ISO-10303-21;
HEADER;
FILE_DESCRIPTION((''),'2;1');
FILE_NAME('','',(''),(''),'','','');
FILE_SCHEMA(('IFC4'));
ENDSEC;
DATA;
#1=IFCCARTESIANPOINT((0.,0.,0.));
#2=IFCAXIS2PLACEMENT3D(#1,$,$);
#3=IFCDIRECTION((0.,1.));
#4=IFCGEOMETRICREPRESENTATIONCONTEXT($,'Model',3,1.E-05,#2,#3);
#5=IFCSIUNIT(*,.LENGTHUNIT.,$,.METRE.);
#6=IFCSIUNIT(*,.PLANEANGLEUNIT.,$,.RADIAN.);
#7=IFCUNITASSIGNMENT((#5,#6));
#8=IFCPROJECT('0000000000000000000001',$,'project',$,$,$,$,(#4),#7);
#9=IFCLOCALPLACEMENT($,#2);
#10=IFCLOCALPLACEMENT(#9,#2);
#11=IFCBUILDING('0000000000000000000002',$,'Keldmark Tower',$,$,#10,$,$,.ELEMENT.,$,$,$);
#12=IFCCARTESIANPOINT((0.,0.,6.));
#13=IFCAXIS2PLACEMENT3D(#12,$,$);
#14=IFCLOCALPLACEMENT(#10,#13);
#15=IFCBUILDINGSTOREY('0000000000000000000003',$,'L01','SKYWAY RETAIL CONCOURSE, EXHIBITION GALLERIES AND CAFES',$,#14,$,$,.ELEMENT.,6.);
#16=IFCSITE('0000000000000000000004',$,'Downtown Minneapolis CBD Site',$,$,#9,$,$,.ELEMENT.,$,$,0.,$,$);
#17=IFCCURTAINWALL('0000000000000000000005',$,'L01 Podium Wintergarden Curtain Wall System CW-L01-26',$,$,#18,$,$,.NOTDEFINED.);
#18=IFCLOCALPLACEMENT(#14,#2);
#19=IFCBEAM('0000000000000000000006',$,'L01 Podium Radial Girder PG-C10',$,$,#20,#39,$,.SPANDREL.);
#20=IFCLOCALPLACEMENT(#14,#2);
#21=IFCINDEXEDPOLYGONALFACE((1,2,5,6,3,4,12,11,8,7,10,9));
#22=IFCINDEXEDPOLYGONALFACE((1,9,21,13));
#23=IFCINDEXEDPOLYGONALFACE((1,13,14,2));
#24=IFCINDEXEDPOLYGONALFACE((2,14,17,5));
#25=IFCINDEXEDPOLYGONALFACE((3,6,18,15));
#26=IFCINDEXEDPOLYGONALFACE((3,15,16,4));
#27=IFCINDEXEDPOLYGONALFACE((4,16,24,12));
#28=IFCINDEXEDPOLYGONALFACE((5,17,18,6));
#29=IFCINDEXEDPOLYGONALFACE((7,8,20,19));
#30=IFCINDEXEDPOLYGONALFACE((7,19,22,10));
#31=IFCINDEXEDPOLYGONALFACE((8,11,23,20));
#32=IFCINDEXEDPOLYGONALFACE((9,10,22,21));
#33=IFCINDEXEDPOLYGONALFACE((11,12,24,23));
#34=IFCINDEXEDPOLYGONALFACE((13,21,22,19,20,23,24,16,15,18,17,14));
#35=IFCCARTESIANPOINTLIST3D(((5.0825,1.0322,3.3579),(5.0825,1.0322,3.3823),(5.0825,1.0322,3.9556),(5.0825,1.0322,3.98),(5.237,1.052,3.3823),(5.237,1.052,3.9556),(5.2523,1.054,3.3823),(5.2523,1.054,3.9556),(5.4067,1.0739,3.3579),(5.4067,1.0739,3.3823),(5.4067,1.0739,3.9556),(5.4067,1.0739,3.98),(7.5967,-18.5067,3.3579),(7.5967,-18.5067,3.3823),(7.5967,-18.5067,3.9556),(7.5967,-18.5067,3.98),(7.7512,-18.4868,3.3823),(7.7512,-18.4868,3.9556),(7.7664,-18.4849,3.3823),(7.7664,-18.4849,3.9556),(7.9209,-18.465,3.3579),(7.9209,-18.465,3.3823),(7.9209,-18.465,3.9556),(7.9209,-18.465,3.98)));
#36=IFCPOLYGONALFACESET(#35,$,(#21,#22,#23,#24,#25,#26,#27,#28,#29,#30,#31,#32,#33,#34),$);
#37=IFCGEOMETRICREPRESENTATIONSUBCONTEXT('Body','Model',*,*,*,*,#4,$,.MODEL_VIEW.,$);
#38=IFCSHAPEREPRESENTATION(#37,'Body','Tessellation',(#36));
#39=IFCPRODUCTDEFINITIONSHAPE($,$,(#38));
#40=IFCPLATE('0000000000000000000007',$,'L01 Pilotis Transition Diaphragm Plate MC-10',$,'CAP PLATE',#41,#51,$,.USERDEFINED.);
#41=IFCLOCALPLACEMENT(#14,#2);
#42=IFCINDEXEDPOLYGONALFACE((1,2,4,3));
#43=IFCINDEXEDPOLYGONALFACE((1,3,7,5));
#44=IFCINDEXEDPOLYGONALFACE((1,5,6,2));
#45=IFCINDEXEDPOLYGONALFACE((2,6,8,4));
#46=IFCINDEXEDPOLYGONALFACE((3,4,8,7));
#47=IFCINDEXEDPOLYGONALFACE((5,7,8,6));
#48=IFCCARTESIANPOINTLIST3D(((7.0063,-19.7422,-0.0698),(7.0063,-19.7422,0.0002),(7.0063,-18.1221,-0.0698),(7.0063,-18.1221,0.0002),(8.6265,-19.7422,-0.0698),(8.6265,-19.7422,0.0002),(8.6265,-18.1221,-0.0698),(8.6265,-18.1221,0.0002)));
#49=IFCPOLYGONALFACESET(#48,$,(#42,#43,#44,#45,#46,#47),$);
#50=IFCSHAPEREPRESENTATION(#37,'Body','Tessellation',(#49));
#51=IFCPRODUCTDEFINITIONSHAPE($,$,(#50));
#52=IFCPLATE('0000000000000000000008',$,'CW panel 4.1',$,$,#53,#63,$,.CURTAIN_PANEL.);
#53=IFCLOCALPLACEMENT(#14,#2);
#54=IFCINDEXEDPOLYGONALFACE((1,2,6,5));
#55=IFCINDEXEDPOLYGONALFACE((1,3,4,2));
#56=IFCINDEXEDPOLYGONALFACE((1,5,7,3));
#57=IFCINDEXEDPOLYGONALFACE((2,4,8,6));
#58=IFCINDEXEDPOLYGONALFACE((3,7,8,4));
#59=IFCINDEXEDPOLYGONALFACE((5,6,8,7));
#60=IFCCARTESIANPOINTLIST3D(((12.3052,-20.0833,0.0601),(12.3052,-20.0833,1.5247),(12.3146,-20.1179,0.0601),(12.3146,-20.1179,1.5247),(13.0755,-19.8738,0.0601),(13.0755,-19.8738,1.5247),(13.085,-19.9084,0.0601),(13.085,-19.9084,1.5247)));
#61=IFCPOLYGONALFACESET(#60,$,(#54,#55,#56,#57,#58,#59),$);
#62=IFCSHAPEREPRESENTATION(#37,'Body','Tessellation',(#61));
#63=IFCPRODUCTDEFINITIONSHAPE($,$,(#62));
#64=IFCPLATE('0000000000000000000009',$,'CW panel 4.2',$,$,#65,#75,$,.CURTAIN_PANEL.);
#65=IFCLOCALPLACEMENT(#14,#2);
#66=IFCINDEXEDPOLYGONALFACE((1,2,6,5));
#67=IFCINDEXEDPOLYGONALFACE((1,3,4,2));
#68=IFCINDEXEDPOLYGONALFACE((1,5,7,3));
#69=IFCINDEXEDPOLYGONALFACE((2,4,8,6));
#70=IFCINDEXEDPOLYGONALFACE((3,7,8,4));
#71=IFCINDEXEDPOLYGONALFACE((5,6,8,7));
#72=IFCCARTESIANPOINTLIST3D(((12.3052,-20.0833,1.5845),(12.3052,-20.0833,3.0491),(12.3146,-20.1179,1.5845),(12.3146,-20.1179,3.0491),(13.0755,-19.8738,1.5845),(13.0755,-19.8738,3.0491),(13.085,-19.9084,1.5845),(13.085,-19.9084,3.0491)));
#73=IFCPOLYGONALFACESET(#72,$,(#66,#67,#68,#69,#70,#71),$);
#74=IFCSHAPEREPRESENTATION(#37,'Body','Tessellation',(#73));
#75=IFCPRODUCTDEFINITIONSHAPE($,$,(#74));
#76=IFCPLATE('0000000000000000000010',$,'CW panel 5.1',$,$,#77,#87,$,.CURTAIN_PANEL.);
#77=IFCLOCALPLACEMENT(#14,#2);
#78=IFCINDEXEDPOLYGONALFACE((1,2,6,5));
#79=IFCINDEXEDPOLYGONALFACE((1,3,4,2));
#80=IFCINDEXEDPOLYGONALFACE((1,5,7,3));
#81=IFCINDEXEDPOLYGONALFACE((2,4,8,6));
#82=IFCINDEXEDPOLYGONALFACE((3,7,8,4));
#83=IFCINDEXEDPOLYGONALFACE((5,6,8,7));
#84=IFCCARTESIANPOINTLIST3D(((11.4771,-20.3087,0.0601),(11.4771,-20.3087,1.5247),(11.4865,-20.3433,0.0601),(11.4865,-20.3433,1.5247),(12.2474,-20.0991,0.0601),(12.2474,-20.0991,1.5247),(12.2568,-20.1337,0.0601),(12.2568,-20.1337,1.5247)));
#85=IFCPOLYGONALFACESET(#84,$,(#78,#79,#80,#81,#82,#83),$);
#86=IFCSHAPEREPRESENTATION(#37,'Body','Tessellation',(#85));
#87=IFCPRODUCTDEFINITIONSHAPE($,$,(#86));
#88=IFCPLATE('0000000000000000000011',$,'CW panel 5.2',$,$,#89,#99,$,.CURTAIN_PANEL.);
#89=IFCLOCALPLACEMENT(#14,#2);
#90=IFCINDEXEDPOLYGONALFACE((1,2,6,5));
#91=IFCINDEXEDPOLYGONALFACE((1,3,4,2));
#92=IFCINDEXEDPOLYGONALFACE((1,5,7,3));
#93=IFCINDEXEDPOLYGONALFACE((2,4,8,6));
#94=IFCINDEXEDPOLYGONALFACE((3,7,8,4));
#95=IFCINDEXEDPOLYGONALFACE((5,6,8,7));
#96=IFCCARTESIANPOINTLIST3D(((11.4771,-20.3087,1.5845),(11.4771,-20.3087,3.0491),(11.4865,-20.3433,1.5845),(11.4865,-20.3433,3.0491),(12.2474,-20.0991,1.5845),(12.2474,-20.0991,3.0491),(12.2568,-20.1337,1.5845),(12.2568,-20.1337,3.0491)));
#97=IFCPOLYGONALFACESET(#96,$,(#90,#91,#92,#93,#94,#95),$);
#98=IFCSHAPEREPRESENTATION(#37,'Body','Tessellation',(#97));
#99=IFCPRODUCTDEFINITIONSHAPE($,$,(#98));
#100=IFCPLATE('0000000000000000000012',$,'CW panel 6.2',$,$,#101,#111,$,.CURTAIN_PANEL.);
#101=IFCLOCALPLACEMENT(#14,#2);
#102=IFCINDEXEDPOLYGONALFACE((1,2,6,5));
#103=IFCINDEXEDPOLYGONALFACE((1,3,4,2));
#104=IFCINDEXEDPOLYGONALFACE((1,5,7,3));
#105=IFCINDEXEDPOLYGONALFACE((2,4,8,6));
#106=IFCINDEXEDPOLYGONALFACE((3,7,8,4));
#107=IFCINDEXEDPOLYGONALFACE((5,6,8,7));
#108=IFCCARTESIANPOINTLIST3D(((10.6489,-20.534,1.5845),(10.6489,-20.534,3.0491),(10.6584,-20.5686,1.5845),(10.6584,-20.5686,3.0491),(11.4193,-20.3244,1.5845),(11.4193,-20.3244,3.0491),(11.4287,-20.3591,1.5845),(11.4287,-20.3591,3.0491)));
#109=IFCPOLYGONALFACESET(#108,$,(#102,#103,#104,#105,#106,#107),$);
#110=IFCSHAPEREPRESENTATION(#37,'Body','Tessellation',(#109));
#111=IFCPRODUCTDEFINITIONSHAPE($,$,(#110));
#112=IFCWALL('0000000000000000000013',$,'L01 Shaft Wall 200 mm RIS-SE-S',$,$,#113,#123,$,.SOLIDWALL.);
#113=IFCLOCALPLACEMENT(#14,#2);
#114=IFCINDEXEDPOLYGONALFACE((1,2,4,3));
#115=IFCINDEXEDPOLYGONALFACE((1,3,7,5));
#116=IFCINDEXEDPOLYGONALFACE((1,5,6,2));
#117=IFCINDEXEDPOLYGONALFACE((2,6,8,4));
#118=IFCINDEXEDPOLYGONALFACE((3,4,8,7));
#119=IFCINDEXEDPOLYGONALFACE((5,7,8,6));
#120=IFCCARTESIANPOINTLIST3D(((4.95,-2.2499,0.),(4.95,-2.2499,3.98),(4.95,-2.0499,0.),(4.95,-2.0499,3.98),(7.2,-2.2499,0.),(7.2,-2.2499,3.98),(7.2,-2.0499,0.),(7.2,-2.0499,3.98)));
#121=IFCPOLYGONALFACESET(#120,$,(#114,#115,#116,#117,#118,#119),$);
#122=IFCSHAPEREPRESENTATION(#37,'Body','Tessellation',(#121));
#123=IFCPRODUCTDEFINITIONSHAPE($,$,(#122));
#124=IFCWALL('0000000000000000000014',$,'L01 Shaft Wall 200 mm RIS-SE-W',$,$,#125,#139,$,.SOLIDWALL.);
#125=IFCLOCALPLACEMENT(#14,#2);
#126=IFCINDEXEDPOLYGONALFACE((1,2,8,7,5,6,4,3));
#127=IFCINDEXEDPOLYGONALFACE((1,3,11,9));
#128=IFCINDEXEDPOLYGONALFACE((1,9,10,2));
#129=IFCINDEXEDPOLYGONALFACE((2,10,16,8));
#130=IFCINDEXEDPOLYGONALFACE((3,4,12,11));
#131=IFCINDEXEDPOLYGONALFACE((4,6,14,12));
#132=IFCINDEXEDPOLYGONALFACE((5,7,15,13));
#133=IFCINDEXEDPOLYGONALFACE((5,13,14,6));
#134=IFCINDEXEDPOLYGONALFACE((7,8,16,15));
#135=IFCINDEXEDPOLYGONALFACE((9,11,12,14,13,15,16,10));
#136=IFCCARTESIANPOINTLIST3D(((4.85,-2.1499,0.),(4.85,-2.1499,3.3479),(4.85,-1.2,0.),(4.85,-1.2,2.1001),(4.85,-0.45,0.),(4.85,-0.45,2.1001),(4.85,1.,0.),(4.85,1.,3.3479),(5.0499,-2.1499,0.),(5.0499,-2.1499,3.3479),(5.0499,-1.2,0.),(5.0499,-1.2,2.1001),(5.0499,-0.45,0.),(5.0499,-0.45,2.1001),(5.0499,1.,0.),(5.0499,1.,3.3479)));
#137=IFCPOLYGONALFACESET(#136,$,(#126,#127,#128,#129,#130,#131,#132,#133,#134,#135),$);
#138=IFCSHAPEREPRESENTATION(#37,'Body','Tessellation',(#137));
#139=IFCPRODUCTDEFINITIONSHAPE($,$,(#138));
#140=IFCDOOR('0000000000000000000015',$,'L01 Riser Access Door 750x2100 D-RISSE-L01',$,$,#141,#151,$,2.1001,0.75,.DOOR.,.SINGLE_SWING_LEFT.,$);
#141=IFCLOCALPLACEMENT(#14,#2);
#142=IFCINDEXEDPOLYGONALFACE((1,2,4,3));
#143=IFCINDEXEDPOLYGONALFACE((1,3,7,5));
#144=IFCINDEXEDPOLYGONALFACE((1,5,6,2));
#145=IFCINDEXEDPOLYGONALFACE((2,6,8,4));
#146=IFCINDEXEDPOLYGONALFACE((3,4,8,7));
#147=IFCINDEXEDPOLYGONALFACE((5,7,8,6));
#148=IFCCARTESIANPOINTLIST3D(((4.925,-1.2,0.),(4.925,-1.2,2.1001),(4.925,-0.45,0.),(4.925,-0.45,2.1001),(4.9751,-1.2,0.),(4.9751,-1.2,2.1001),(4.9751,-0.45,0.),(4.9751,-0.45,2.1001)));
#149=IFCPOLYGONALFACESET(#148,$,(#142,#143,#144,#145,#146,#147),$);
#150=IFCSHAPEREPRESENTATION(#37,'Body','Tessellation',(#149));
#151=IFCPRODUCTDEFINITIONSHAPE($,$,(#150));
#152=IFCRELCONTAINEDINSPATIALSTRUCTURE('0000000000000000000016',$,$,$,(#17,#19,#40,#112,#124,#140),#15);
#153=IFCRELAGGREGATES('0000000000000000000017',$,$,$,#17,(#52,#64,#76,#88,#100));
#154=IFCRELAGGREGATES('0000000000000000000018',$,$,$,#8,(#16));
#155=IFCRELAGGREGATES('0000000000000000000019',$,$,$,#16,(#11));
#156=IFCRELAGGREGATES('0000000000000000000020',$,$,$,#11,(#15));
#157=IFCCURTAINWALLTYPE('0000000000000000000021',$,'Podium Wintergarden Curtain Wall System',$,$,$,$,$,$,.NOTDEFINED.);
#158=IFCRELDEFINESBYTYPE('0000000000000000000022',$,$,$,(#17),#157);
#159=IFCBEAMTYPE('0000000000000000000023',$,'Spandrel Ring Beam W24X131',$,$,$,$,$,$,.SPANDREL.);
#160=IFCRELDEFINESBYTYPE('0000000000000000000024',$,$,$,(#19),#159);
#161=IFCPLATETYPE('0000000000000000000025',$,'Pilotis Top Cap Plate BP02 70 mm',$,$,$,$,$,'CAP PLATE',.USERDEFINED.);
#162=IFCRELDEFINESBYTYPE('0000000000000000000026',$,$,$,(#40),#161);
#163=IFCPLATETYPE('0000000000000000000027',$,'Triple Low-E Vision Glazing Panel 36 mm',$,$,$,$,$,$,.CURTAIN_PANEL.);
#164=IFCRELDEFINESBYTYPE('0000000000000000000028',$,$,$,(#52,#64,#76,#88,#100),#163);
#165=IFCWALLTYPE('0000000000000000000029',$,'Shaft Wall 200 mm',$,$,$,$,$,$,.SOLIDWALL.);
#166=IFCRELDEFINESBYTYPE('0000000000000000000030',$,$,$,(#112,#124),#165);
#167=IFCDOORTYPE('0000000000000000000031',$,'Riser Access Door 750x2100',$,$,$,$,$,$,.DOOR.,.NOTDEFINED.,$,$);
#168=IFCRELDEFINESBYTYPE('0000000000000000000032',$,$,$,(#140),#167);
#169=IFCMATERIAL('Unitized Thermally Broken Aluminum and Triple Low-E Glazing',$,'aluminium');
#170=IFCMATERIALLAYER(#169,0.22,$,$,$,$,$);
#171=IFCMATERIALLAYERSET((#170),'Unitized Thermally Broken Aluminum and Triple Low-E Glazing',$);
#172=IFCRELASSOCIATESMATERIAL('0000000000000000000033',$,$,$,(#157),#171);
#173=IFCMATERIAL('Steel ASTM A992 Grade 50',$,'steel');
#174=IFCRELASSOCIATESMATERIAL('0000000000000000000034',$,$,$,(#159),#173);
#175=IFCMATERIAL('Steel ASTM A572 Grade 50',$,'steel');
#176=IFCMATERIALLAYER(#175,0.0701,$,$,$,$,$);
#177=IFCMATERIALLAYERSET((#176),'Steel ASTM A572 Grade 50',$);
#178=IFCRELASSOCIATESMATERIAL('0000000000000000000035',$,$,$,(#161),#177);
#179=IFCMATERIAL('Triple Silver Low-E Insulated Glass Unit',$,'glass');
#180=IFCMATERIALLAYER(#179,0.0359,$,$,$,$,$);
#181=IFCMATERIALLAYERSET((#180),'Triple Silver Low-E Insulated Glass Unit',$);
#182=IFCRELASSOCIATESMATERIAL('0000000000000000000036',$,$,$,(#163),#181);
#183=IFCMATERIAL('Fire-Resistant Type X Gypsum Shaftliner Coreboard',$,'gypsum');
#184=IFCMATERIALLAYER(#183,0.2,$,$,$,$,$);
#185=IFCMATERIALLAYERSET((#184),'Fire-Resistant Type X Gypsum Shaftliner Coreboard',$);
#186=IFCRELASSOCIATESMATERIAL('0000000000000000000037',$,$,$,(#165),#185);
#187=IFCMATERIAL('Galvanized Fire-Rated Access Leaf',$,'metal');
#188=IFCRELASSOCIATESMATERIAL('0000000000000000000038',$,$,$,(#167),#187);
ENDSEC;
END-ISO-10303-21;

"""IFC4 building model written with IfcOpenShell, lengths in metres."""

from ifc_helpers import new_model, si_unit, direction, frame, frame_2d, origin, origin_2d, place, context, subcontext, project, spatial, rectangle, i_section, extrude, material, layer, layer_set, material_profile, profile_set, type_object, element, fill, aggregate, save


model = new_model("IFC4")

# Units and contexts
model_context = context("Model", 3, precision=1e-05, world=origin(), true_north=direction((0.0, 1.0)))
body_context = subcontext(model_context, "Body", "Model", "MODEL_VIEW")
ifc_project = project(units=[si_unit("LENGTHUNIT", "METRE"), si_unit("PLANEANGLEUNIT", "RADIAN")], contexts=[model_context])

# Site, building, storey
site_placement = place(None, origin())
site = spatial("IfcSite", under=ifc_project, at=site_placement, Name="Downtown Minneapolis CBD Site", CompositionType="ELEMENT", RefElevation=0.0)
building_placement = place(site_placement, origin())
building = spatial("IfcBuilding", under=site, at=building_placement, Name="Keldmark Tower", CompositionType="ELEMENT")
storey_placement = place(building_placement, frame((0.0, 0.0, 6.0)))
storey = spatial("IfcBuildingStorey", under=building, at=storey_placement, Name="L01", Description="SKYWAY RETAIL CONCOURSE, EXHIBITION GALLERIES AND CAFES", CompositionType="ELEMENT", Elevation=6.0)

# Curtain wall
ifc_material_1 = material(Name="Unitized Thermally Broken Aluminum and Triple Low-E Glazing", Category="aluminium")
ifc_layer_1 = layer(ifc_material_1, 0.22)
ifc_layer_set_1 = layer_set([ifc_layer_1], Name="Unitized Thermally Broken Aluminum and Triple Low-E Glazing")
curtain_wall_type = type_object("IfcCurtainWallType", Name="Podium Wintergarden Curtain Wall System", PredefinedType="NOTDEFINED", material=ifc_layer_set_1)
curtain_wall_placement = place(storey_placement, origin())
curtain_wall = element("IfcCurtainWall", 1, at=curtain_wall_placement, inside=storey, type_object=curtain_wall_type, Name="L01 Podium Wintergarden Curtain Wall System CW-L01-26", PredefinedType="NOTDEFINED")

# Beam
ifc_material_2 = material(Name="Steel ASTM A992 Grade 50", Category="steel")
ifc_material_profile_1 = material_profile(ifc_material_2, i_section(OverallWidth=0.3269, OverallDepth=0.6221, WebThickness=0.0154, FlangeThickness=0.0244, at=origin_2d()), Name="W24X131")
ifc_profile_set_1 = profile_set([ifc_material_profile_1], Name="Steel ASTM A992 Grade 50")
beam_type_1 = type_object("IfcBeamType", Name="Spandrel Ring Beam W24X131", PredefinedType="SPANDREL", material=ifc_profile_set_1)
beam_1_placement = place(storey_placement, frame((7.7588, -18.4858, 3.6689), z_axis=(-0.127623, 0.991823, 0.0), x_axis=(-0.991823, -0.127623, 0.0)))
element("IfcBeam", 2, at=beam_1_placement, inside=storey, type_object=beam_type_1, Name="L01 Podium Radial Girder PG-C10", PredefinedType="SPANDREL", context=body_context, shape_type="SweptSolid", body=[
    extrude(i_section(OverallWidth=0.3269, OverallDepth=0.6221, WebThickness=0.0154, FlangeThickness=0.0244, at=origin_2d()), origin(), (0.0, 0.0, 1.0), 19.7),
])

# Plates
ifc_material_3 = material(Name="Steel ASTM A572 Grade 50", Category="steel")
ifc_layer_2 = layer(ifc_material_3, 0.0701)
ifc_layer_set_2 = layer_set([ifc_layer_2], Name="Steel ASTM A572 Grade 50")
plate_type_1 = type_object("IfcPlateType", Name="Pilotis Top Cap Plate BP02 70 mm", ElementType="CAP PLATE", PredefinedType="USERDEFINED", material=ifc_layer_set_2)
plate_1_placement = place(storey_placement, frame((7.8164, -18.9321, -0.0698), z_axis=(0.0, 0.0, 1.0), x_axis=(1.0, 0.0, 0.0)))
element("IfcPlate", 3, at=plate_1_placement, inside=storey, type_object=plate_type_1, Name="L01 Pilotis Transition Diaphragm Plate MC-10", ObjectType="CAP PLATE", PredefinedType="USERDEFINED", context=body_context, shape_type="SweptSolid", body=[
    extrude(rectangle(XDim=1.6201, YDim=1.6201, at=origin_2d()), origin(), (0.0, 0.0, 1.0), 0.0701),
])
ifc_material_4 = material(Name="Triple Silver Low-E Insulated Glass Unit", Category="glass")
ifc_layer_3 = layer(ifc_material_4, 0.0359)
ifc_layer_set_3 = layer_set([ifc_layer_3], Name="Triple Silver Low-E Insulated Glass Unit")
plate_type_2 = type_object("IfcPlateType", Name="Triple Low-E Vision Glazing Panel 36 mm", PredefinedType="CURTAIN_PANEL", material=ifc_layer_set_3)
plate_2_placement = place(storey_placement, frame((12.6951, -19.9958, 0.0601), z_axis=(0.0, 0.0, 1.0), x_axis=(-0.964934, -0.262493, 0.0)))
plate_2 = element("IfcPlate", 4, at=plate_2_placement, type_object=plate_type_2, Name="CW panel 4.1", PredefinedType="CURTAIN_PANEL", context=body_context, shape_type="SweptSolid", body=[
    extrude(rectangle(XDim=0.7983, YDim=0.0359, at=origin_2d()), origin(), (0.0, 0.0, 1.0), 1.4646),
])
plate_3_placement = place(storey_placement, frame((12.6951, -19.9958, 1.5845), z_axis=(0.0, 0.0, 1.0), x_axis=(-0.964934, -0.262493, 0.0)))
plate_3 = element("IfcPlate", 5, at=plate_3_placement, type_object=plate_type_2, Name="CW panel 4.2", PredefinedType="CURTAIN_PANEL", context=body_context, shape_type="SweptSolid", body=[
    extrude(rectangle(XDim=0.7983, YDim=0.0359, at=origin_2d()), origin(), (0.0, 0.0, 1.0), 1.4646),
])
plate_4_placement = place(storey_placement, frame((11.8669, -20.2212, 0.0601), z_axis=(0.0, 0.0, 1.0), x_axis=(-0.964934, -0.262493, 0.0)))
plate_4 = element("IfcPlate", 6, at=plate_4_placement, type_object=plate_type_2, Name="CW panel 5.1", PredefinedType="CURTAIN_PANEL", context=body_context, shape_type="SweptSolid", body=[
    extrude(rectangle(XDim=0.7983, YDim=0.0359, at=origin_2d()), origin(), (0.0, 0.0, 1.0), 1.4646),
])
plate_5_placement = place(storey_placement, frame((11.8669, -20.2212, 1.5845), z_axis=(0.0, 0.0, 1.0), x_axis=(-0.964934, -0.262493, 0.0)))
plate_5 = element("IfcPlate", 7, at=plate_5_placement, type_object=plate_type_2, Name="CW panel 5.2", PredefinedType="CURTAIN_PANEL", context=body_context, shape_type="SweptSolid", body=[
    extrude(rectangle(XDim=0.7983, YDim=0.0359, at=origin_2d()), origin(), (0.0, 0.0, 1.0), 1.4646),
])
plate_6_placement = place(storey_placement, frame((11.0388, -20.4465, 1.5845), z_axis=(0.0, 0.0, 1.0), x_axis=(-0.964934, -0.262493, 0.0)))
plate_6 = element("IfcPlate", 8, at=plate_6_placement, type_object=plate_type_2, Name="CW panel 6.2", PredefinedType="CURTAIN_PANEL", context=body_context, shape_type="SweptSolid", body=[
    extrude(rectangle(XDim=0.7983, YDim=0.0359, at=origin_2d()), origin(), (0.0, 0.0, 1.0), 1.4646),
])
aggregate(curtain_wall, [plate_2, plate_3, plate_4, plate_5, plate_6])

# Wall
ifc_material_5 = material(Name="Fire-Resistant Type X Gypsum Shaftliner Coreboard", Category="gypsum")
ifc_layer_4 = layer(ifc_material_5, 0.2)
ifc_layer_set_4 = layer_set([ifc_layer_4], Name="Fire-Resistant Type X Gypsum Shaftliner Coreboard")
wall_type = type_object("IfcWallType", Name="Shaft Wall 200 mm", PredefinedType="SOLIDWALL", material=ifc_layer_set_4)
wall_1_placement = place(storey_placement, frame((4.95, -2.1499, 0.0), z_axis=(0.0, 0.0, 1.0), x_axis=(1.0, 0.0, 0.0)))
element("IfcWall", 9, at=wall_1_placement, inside=storey, type_object=wall_type, Name="L01 Shaft Wall 200 mm RIS-SE-S", PredefinedType="SOLIDWALL", context=body_context, shape_type="SweptSolid", body=[
    extrude(rectangle(XDim=2.25, YDim=0.2, at=frame_2d((1.125, 0.0))), origin(), (0.0, 0.0, 1.0), 3.98),
])

# Wall, opening, door
wall_2_placement = place(storey_placement, frame((4.95, -2.1499, 0.0), z_axis=(0.0, 0.0, 1.0), x_axis=(0.0, 1.0, 0.0)))
wall_2 = element("IfcWall", 10, at=wall_2_placement, inside=storey, type_object=wall_type, Name="L01 Shaft Wall 200 mm RIS-SE-W", PredefinedType="SOLIDWALL", context=body_context, shape_type="SweptSolid", body=[
    extrude(rectangle(XDim=3.1499, YDim=0.2, at=frame_2d((1.575, 0.0))), origin(), (0.0, 0.0, 1.0), 3.3479),
])
opening_placement = place(wall_2_placement, frame((0.95, 0.0, 0.0)))
opening = element("IfcOpeningElement", 11, at=opening_placement, cuts=wall_2, PredefinedType="OPENING", context=body_context, shape_type="SweptSolid", body=[
    extrude(rectangle(XDim=0.75, YDim=2.1001, at=frame_2d((0.375, 1.05))), frame((0.0, 0.1099, 0.0), z_axis=(0.0, -1.0, 0.0), x_axis=(1.0, 0.0, 0.0)), (0.0, 0.0, 1.0), 0.22),
])
ifc_material_6 = material(Name="Galvanized Fire-Rated Access Leaf", Category="metal")
door_type = type_object("IfcDoorType", Name="Riser Access Door 750x2100", OperationType="NOTDEFINED", PredefinedType="DOOR", material=ifc_material_6)
door_placement = place(opening_placement, origin())
door = element("IfcDoor", 12, at=door_placement, inside=storey, type_object=door_type, Name="L01 Riser Access Door 750x2100 D-RISSE-L01", OperationType="SINGLE_SWING_LEFT", OverallHeight=2.1001, OverallWidth=0.75, PredefinedType="DOOR", context=body_context, shape_type="SweptSolid", body=[
    extrude(rectangle(XDim=0.75, YDim=2.1001, at=frame_2d((0.375, 1.05))), frame((0.0, 0.0249, 0.0), z_axis=(0.0, -1.0, 0.0), x_axis=(1.0, 0.0, 0.0)), (0.0, 0.0, 1.0), 0.05),
])
fill(opening, door)

save(model, "model.ifc")
